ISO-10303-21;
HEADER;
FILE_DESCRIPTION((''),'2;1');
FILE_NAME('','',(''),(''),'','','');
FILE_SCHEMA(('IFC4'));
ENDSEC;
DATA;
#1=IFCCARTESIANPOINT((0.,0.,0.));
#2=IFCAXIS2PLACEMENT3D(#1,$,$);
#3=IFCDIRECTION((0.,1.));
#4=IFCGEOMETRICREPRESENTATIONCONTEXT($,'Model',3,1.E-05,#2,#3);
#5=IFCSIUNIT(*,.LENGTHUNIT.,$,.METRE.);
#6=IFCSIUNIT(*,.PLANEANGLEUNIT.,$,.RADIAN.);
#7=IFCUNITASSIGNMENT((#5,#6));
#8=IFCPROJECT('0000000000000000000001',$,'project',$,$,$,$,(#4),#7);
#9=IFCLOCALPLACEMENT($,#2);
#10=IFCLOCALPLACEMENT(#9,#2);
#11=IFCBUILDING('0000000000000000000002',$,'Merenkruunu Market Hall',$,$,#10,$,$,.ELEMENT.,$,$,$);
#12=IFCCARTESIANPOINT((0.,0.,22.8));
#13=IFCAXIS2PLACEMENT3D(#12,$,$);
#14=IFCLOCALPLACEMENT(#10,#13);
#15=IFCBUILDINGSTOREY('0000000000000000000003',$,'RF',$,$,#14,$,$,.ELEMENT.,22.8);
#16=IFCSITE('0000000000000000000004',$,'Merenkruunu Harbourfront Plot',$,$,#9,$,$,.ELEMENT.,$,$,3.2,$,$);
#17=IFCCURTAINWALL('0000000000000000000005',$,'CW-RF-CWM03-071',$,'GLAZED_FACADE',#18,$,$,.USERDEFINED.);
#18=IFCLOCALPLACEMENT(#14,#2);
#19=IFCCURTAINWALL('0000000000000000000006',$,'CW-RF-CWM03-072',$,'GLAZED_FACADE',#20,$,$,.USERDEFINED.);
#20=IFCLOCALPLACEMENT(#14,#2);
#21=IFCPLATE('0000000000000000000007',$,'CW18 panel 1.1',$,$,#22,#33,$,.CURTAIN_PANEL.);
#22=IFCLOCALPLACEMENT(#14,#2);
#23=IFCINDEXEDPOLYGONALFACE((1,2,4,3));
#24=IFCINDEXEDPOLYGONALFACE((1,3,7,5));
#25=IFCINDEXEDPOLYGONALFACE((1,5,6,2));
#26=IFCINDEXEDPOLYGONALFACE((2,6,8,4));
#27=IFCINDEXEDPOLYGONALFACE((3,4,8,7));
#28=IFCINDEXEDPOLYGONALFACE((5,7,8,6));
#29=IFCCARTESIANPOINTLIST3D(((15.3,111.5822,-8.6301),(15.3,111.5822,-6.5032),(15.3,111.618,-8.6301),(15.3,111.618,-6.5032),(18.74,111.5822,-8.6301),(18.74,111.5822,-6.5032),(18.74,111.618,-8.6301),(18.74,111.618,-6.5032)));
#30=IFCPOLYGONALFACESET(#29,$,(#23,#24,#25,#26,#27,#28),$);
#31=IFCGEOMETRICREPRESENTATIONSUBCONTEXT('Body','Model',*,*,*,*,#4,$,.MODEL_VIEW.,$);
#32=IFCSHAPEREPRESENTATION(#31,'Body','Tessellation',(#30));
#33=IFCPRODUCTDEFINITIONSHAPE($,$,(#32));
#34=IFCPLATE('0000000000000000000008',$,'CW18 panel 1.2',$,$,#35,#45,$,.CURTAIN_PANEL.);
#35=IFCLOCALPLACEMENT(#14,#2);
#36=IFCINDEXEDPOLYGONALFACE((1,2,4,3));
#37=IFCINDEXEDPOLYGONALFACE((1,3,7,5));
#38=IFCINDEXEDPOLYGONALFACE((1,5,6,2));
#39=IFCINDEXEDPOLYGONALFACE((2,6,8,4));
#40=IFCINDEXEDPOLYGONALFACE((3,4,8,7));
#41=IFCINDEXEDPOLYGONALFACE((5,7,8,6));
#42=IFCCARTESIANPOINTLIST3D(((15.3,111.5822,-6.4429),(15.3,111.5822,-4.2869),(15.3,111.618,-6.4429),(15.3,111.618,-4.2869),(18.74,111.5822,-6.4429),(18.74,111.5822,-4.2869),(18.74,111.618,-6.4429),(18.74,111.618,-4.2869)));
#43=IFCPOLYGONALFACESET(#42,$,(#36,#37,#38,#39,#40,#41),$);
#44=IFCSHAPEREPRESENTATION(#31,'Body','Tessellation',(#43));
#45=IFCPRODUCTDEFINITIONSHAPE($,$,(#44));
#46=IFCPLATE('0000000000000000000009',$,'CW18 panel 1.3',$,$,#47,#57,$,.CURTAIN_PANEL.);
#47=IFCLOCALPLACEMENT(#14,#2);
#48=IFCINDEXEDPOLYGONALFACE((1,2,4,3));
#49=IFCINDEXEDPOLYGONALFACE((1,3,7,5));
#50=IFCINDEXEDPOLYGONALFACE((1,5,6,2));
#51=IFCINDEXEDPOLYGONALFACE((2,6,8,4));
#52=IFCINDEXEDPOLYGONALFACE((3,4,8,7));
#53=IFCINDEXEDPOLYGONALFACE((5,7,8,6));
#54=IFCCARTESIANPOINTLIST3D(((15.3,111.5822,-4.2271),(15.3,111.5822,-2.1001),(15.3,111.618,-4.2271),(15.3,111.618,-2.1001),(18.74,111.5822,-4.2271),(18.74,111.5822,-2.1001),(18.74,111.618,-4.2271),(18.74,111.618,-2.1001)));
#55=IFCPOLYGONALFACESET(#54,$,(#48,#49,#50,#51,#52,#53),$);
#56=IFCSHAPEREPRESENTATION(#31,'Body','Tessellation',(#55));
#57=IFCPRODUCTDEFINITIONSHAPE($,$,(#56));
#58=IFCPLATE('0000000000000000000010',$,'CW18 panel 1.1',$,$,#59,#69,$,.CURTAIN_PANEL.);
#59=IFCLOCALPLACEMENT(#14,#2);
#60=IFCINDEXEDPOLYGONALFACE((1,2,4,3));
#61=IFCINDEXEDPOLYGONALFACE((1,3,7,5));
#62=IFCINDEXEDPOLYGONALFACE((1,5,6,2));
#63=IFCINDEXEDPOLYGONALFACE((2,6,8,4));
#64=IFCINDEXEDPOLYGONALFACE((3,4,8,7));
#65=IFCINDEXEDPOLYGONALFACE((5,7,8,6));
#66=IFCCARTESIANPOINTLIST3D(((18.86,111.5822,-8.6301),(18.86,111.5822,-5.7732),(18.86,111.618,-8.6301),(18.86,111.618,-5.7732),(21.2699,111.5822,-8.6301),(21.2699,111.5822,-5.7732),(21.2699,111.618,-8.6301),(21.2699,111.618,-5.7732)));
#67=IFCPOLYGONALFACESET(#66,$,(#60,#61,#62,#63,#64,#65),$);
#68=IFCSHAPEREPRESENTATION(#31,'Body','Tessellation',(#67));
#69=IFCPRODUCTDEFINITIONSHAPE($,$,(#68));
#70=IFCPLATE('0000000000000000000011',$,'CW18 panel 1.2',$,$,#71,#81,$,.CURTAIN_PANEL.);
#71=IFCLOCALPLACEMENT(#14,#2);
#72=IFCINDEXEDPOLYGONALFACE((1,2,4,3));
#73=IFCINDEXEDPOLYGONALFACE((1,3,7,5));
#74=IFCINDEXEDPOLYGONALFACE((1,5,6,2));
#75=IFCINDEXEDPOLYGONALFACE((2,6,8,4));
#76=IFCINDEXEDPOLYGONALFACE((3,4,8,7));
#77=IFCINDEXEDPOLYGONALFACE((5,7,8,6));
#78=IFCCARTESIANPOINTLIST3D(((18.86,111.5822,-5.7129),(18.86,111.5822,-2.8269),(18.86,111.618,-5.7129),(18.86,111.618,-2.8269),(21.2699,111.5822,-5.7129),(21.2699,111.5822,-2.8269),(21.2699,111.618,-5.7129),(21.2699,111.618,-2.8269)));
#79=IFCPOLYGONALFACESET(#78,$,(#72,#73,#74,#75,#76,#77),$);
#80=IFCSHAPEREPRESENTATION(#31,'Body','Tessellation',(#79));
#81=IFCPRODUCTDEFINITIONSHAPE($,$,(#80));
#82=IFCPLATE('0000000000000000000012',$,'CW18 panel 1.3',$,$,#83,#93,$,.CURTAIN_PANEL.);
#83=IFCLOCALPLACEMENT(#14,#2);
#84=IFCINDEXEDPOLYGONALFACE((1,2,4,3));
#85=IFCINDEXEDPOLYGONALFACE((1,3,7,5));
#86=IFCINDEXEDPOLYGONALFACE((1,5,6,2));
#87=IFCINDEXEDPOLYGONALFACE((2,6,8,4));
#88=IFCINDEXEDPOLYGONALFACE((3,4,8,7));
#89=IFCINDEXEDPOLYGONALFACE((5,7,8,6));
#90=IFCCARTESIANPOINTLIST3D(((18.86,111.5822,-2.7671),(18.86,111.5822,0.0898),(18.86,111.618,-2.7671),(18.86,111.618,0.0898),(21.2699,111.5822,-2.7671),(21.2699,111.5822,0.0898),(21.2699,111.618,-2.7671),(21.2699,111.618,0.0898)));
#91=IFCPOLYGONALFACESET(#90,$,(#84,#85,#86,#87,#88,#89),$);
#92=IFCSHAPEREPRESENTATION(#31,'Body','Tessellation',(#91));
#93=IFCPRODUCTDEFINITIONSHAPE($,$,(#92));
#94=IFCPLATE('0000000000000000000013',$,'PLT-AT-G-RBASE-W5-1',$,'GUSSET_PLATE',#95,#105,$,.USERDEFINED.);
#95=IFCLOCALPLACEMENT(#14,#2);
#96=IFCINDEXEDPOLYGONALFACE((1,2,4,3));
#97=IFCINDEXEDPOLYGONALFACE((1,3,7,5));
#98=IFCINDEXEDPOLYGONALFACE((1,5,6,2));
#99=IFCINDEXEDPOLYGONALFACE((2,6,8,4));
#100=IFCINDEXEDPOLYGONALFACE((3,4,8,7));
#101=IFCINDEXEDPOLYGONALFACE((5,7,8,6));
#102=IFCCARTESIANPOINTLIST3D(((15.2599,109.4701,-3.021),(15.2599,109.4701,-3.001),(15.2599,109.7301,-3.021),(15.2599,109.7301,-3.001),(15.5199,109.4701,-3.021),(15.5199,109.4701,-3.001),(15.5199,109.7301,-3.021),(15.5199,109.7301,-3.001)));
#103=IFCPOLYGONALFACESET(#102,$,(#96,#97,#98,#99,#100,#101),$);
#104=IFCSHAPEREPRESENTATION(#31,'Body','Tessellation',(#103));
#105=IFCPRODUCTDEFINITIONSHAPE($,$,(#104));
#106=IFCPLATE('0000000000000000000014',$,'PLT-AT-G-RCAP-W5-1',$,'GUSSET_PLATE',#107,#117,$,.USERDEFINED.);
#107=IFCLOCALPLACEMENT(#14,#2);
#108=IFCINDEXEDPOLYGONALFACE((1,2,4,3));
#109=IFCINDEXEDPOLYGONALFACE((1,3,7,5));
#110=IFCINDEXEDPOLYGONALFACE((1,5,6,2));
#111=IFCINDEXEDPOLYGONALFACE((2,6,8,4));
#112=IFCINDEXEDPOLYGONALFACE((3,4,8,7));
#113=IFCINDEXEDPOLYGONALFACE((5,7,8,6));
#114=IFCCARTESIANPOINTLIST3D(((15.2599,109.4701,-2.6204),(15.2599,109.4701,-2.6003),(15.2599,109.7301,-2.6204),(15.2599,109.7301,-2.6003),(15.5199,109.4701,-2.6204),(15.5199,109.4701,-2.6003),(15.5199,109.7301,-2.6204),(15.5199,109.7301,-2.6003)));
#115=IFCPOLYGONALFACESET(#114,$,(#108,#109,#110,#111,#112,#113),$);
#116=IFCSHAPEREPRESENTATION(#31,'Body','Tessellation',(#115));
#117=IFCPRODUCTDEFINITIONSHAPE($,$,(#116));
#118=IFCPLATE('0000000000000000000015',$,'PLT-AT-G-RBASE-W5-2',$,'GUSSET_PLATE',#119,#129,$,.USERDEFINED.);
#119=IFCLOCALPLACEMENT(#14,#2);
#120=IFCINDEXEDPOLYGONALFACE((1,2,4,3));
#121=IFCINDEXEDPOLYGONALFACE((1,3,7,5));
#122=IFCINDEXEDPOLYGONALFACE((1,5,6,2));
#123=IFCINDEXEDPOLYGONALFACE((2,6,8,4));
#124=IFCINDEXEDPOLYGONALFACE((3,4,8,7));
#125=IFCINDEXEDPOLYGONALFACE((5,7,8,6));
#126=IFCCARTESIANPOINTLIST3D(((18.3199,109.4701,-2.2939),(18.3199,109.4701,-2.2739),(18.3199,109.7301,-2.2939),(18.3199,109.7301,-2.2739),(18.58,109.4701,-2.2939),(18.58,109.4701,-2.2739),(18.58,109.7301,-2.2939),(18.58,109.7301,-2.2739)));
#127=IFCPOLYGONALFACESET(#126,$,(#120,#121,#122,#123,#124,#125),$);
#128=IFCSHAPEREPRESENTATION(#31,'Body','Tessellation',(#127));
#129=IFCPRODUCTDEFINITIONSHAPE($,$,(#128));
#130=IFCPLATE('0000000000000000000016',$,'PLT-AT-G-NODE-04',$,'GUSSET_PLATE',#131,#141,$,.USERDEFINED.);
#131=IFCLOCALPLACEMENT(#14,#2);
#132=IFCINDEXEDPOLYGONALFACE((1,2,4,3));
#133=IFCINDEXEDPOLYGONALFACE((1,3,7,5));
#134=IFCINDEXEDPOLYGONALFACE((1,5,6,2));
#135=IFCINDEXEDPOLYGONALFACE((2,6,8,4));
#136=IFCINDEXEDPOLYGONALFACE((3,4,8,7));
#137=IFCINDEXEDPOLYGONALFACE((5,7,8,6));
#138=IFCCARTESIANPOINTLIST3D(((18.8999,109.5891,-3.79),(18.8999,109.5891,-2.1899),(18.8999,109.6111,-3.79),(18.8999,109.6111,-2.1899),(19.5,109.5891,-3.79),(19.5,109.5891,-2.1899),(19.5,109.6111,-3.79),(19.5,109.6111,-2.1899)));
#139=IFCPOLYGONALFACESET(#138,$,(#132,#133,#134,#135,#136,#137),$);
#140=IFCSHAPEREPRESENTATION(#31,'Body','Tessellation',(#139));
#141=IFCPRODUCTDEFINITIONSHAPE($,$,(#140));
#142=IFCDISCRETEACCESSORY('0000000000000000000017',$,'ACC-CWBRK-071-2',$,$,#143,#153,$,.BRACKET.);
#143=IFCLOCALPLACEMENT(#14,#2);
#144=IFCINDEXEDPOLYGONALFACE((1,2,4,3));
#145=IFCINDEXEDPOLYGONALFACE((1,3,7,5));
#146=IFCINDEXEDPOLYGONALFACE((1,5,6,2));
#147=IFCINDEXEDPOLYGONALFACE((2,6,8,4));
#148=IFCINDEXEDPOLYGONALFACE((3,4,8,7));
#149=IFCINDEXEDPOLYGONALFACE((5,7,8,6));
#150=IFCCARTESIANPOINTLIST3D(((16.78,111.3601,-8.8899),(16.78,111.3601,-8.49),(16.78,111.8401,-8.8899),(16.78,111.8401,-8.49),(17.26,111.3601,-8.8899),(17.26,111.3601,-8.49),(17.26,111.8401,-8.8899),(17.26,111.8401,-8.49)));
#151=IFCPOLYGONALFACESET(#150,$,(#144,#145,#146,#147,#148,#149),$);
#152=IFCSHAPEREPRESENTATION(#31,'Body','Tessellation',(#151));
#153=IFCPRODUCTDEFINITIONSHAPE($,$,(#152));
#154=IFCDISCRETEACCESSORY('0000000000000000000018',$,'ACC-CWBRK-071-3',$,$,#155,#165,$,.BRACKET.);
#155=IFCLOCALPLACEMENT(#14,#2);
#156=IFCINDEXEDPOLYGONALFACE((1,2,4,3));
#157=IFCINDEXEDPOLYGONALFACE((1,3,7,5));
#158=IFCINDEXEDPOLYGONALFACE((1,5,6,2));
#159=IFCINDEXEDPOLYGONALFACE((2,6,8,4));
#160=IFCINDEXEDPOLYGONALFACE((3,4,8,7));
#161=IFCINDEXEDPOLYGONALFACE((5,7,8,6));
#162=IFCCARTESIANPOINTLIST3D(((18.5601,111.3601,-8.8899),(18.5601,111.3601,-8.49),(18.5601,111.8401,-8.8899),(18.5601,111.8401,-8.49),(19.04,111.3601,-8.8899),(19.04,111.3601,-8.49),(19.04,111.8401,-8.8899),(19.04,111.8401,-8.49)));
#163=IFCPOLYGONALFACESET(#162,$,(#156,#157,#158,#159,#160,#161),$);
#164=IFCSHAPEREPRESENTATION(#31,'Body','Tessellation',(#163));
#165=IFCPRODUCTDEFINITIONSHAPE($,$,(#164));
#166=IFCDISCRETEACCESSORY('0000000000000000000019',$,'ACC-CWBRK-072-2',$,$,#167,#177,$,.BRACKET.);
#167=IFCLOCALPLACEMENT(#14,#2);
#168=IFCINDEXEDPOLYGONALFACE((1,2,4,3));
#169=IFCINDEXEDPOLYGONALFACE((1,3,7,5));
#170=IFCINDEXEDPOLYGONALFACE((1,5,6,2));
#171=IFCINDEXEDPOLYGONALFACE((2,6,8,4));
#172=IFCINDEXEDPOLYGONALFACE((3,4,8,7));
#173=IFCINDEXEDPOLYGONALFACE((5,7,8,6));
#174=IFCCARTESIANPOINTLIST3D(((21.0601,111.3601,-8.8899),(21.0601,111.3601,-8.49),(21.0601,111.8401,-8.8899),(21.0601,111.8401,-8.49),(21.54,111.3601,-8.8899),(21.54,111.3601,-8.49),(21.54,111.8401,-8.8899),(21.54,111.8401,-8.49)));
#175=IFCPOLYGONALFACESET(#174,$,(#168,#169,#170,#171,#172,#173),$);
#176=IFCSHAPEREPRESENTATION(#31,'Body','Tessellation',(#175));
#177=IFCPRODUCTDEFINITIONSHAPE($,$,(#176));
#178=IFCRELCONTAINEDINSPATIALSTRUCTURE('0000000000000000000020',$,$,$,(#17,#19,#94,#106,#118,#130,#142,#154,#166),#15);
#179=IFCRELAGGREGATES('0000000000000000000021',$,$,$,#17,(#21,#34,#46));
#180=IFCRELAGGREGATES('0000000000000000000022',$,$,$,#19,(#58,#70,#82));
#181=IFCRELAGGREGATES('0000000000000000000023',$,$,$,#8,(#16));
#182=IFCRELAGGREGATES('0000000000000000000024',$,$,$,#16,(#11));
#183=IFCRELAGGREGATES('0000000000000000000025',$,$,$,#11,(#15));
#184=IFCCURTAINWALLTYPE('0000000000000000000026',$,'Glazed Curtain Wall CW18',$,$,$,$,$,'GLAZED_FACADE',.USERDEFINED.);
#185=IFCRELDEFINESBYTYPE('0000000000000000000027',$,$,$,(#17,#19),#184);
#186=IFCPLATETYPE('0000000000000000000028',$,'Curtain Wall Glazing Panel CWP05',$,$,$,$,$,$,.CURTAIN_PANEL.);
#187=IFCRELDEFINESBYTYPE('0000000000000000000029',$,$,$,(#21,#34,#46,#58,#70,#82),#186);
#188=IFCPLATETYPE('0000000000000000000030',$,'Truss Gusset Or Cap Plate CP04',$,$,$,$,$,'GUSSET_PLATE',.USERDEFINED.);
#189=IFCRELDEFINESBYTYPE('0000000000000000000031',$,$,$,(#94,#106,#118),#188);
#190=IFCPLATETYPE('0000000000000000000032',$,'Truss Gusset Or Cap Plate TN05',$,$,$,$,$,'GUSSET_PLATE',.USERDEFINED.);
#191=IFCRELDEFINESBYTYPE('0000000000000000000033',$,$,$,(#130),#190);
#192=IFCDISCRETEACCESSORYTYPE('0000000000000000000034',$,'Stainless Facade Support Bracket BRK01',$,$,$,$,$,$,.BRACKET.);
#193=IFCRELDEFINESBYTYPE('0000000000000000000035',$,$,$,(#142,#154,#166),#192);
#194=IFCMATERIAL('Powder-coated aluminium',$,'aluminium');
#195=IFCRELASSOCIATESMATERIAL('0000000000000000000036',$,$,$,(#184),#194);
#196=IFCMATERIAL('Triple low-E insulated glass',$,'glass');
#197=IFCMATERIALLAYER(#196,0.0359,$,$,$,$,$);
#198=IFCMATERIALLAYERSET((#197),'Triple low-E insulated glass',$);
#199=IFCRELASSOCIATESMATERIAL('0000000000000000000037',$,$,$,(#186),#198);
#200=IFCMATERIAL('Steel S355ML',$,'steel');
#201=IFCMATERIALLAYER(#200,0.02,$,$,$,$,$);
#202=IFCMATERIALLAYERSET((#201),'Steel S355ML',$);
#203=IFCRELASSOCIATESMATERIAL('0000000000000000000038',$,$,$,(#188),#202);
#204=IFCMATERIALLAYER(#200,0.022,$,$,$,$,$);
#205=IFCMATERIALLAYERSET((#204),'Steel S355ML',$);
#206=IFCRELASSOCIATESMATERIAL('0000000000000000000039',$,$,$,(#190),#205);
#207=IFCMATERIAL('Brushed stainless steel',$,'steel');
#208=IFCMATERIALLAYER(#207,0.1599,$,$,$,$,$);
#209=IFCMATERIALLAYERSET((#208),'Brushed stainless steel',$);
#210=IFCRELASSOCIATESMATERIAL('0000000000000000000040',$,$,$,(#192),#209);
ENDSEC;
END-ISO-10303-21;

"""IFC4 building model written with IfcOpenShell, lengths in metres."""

from ifc_helpers import new_model, si_unit, direction, frame, origin, origin_2d, place, context, subcontext, project, spatial, rectangle, extrude, material, layer, layer_set, type_object, element, aggregate, save


model = new_model("IFC4")

# Units and contexts
model_context = context("Model", 3, precision=1e-05, world=origin(), true_north=direction((0.0, 1.0)))
body_context = subcontext(model_context, "Body", "Model", "MODEL_VIEW")
ifc_project = project(units=[si_unit("LENGTHUNIT", "METRE"), si_unit("PLANEANGLEUNIT", "RADIAN")], contexts=[model_context])

# Site, building, storey
site_placement = place(None, origin())
site = spatial("IfcSite", under=ifc_project, at=site_placement, Name="Merenkruunu Harbourfront Plot", CompositionType="ELEMENT", RefElevation=3.2)
building_placement = place(site_placement, origin())
building = spatial("IfcBuilding", under=site, at=building_placement, Name="Merenkruunu Market Hall", CompositionType="ELEMENT")
storey_placement = place(building_placement, frame((0.0, 0.0, 22.8)))
storey = spatial("IfcBuildingStorey", under=building, at=storey_placement, Name="RF", CompositionType="ELEMENT", Elevation=22.8)

# Shared definitions
ifc_material_1 = material(Name="Steel S355ML", Category="steel")

# Curtain wall
ifc_material_2 = material(Name="Powder-coated aluminium", Category="aluminium")
curtain_wall_type = type_object("IfcCurtainWallType", Name="Glazed Curtain Wall CW18", ElementType="GLAZED_FACADE", PredefinedType="USERDEFINED", material=ifc_material_2)
curtain_wall_1_placement = place(storey_placement, origin())
curtain_wall_1 = element("IfcCurtainWall", 1, at=curtain_wall_1_placement, inside=storey, type_object=curtain_wall_type, Name="CW-RF-CWM03-071", ObjectType="GLAZED_FACADE", PredefinedType="USERDEFINED")

# Curtain wall
curtain_wall_2_placement = place(storey_placement, origin())
curtain_wall_2 = element("IfcCurtainWall", 2, at=curtain_wall_2_placement, inside=storey, type_object=curtain_wall_type, Name="CW-RF-CWM03-072", ObjectType="GLAZED_FACADE", PredefinedType="USERDEFINED")

# Plates
ifc_material_3 = material(Name="Triple low-E insulated glass", Category="glass")
ifc_layer_1 = layer(ifc_material_3, 0.0359)
ifc_layer_set_1 = layer_set([ifc_layer_1], Name="Triple low-E insulated glass")
plate_type_1 = type_object("IfcPlateType", Name="Curtain Wall Glazing Panel CWP05", PredefinedType="CURTAIN_PANEL", material=ifc_layer_set_1)
plate_1_placement = place(storey_placement, frame((17.02, 111.6001, -8.6301), z_axis=(0.0, 0.0, 1.0), x_axis=(1.0, 0.0, 0.0)))
plate_1 = element("IfcPlate", 3, at=plate_1_placement, type_object=plate_type_1, Name="CW18 panel 1.1", PredefinedType="CURTAIN_PANEL", context=body_context, shape_type="SweptSolid", body=[
    extrude(rectangle(XDim=3.4399, YDim=0.0359, at=origin_2d()), origin(), (0.0, 0.0, 1.0), 2.127),
])
plate_2_placement = place(storey_placement, frame((17.02, 111.6001, -6.4429), z_axis=(0.0, 0.0, 1.0), x_axis=(1.0, 0.0, 0.0)))
plate_2 = element("IfcPlate", 4, at=plate_2_placement, type_object=plate_type_1, Name="CW18 panel 1.2", PredefinedType="CURTAIN_PANEL", context=body_context, shape_type="SweptSolid", body=[
    extrude(rectangle(XDim=3.4399, YDim=0.0359, at=origin_2d()), origin(), (0.0, 0.0, 1.0), 2.156),
])
plate_3_placement = place(storey_placement, frame((17.02, 111.6001, -4.2271), z_axis=(0.0, 0.0, 1.0), x_axis=(1.0, 0.0, 0.0)))
plate_3 = element("IfcPlate", 5, at=plate_3_placement, type_object=plate_type_1, Name="CW18 panel 1.3", PredefinedType="CURTAIN_PANEL", context=body_context, shape_type="SweptSolid", body=[
    extrude(rectangle(XDim=3.4399, YDim=0.0359, at=origin_2d()), origin(), (0.0, 0.0, 1.0), 2.127),
])
aggregate(curtain_wall_1, [plate_1, plate_2, plate_3])
plate_4_placement = place(storey_placement, frame((20.0649, 111.6001, -8.6301), z_axis=(0.0, 0.0, 1.0), x_axis=(1.0, 0.0, 0.0)))
plate_4 = element("IfcPlate", 6, at=plate_4_placement, type_object=plate_type_1, Name="CW18 panel 1.1", PredefinedType="CURTAIN_PANEL", context=body_context, shape_type="SweptSolid", body=[
    extrude(rectangle(XDim=2.4099, YDim=0.0359, at=origin_2d()), origin(), (0.0, 0.0, 1.0), 2.8569),
])
plate_5_placement = place(storey_placement, frame((20.0649, 111.6001, -5.7129), z_axis=(0.0, 0.0, 1.0), x_axis=(1.0, 0.0, 0.0)))
plate_5 = element("IfcPlate", 7, at=plate_5_placement, type_object=plate_type_1, Name="CW18 panel 1.2", PredefinedType="CURTAIN_PANEL", context=body_context, shape_type="SweptSolid", body=[
    extrude(rectangle(XDim=2.4099, YDim=0.0359, at=origin_2d()), origin(), (0.0, 0.0, 1.0), 2.886),
])
plate_6_placement = place(storey_placement, frame((20.0649, 111.6001, -2.7671), z_axis=(0.0, 0.0, 1.0), x_axis=(1.0, 0.0, 0.0)))
plate_6 = element("IfcPlate", 8, at=plate_6_placement, type_object=plate_type_1, Name="CW18 panel 1.3", PredefinedType="CURTAIN_PANEL", context=body_context, shape_type="SweptSolid", body=[
    extrude(rectangle(XDim=2.4099, YDim=0.0359, at=origin_2d()), origin(), (0.0, 0.0, 1.0), 2.8569),
])
aggregate(curtain_wall_2, [plate_4, plate_5, plate_6])

# Plates
ifc_layer_2 = layer(ifc_material_1, 0.02)
ifc_layer_set_2 = layer_set([ifc_layer_2], Name="Steel S355ML")
plate_type_2 = type_object("IfcPlateType", Name="Truss Gusset Or Cap Plate CP04", ElementType="GUSSET_PLATE", PredefinedType="USERDEFINED", material=ifc_layer_set_2)
for number, where, z_axis, x_axis, name in (
    (9, (15.3899, 109.6001, -3.021), (0.0, 0.0, 1.0), (1.0, 0.0, 0.0), "PLT-AT-G-RBASE-W5-1"),
    (10, (15.3899, 109.6001, -2.6204), (0.0, 0.0, 1.0), (1.0, 0.0, 0.0), "PLT-AT-G-RCAP-W5-1"),
    (11, (18.45, 109.6001, -2.2939), (0.0, 0.0, 1.0), (1.0, 0.0, 0.0), "PLT-AT-G-RBASE-W5-2"),
):
    element("IfcPlate", number, at=place(storey_placement, frame(where, z_axis=z_axis, x_axis=x_axis)), inside=storey, type_object=plate_type_2, Name=name, ObjectType="GUSSET_PLATE", PredefinedType="USERDEFINED", context=body_context, shape_type="SweptSolid", body=[
        extrude(rectangle(XDim=0.26, YDim=0.26, at=origin_2d()), origin(), (0.0, 0.0, 1.0), 0.02),
    ])
ifc_layer_3 = layer(ifc_material_1, 0.022)
ifc_layer_set_3 = layer_set([ifc_layer_3], Name="Steel S355ML")
plate_type_3 = type_object("IfcPlateType", Name="Truss Gusset Or Cap Plate TN05", ElementType="GUSSET_PLATE", PredefinedType="USERDEFINED", material=ifc_layer_set_3)
plate_7_placement = place(storey_placement, frame((19.2, 109.6001, -3.79), z_axis=(0.0, 0.0, 1.0), x_axis=(1.0, 0.0, 0.0)))
element("IfcPlate", 12, at=plate_7_placement, inside=storey, type_object=plate_type_3, Name="PLT-AT-G-NODE-04", ObjectType="GUSSET_PLATE", PredefinedType="USERDEFINED", context=body_context, shape_type="SweptSolid", body=[
    extrude(rectangle(XDim=0.6001, YDim=0.022, at=origin_2d()), origin(), (0.0, 0.0, 1.0), 1.6001),
])

# Discrete accessories
ifc_material_4 = material(Name="Brushed stainless steel", Category="steel")
ifc_layer_4 = layer(ifc_material_4, 0.1599)
ifc_layer_set_4 = layer_set([ifc_layer_4], Name="Brushed stainless steel")
discrete_accessory_type = type_object("IfcDiscreteAccessoryType", Name="Stainless Facade Support Bracket BRK01", PredefinedType="BRACKET", material=ifc_layer_set_4)
for number, where, z_axis, x_axis, name in (
    (13, (17.02, 111.6001, -8.8899), (0.0, 0.0, 1.0), (1.0, 0.0, 0.0), "ACC-CWBRK-071-2"),
    (14, (18.8, 111.6001, -8.8899), (0.0, 0.0, 1.0), (1.0, 0.0, 0.0), "ACC-CWBRK-071-3"),
    (15, (21.3, 111.6001, -8.8899), (0.0, 0.0, 1.0), (1.0, 0.0, 0.0), "ACC-CWBRK-072-2"),
):
    element("IfcDiscreteAccessory", number, at=place(storey_placement, frame(where, z_axis=z_axis, x_axis=x_axis)), inside=storey, type_object=discrete_accessory_type, Name=name, PredefinedType="BRACKET", context=body_context, shape_type="SweptSolid", body=[
        extrude(rectangle(XDim=0.48, YDim=0.48, at=origin_2d()), origin(), (0.0, 0.0, 1.0), 0.3999),
    ])

save(model, "model.ifc")
